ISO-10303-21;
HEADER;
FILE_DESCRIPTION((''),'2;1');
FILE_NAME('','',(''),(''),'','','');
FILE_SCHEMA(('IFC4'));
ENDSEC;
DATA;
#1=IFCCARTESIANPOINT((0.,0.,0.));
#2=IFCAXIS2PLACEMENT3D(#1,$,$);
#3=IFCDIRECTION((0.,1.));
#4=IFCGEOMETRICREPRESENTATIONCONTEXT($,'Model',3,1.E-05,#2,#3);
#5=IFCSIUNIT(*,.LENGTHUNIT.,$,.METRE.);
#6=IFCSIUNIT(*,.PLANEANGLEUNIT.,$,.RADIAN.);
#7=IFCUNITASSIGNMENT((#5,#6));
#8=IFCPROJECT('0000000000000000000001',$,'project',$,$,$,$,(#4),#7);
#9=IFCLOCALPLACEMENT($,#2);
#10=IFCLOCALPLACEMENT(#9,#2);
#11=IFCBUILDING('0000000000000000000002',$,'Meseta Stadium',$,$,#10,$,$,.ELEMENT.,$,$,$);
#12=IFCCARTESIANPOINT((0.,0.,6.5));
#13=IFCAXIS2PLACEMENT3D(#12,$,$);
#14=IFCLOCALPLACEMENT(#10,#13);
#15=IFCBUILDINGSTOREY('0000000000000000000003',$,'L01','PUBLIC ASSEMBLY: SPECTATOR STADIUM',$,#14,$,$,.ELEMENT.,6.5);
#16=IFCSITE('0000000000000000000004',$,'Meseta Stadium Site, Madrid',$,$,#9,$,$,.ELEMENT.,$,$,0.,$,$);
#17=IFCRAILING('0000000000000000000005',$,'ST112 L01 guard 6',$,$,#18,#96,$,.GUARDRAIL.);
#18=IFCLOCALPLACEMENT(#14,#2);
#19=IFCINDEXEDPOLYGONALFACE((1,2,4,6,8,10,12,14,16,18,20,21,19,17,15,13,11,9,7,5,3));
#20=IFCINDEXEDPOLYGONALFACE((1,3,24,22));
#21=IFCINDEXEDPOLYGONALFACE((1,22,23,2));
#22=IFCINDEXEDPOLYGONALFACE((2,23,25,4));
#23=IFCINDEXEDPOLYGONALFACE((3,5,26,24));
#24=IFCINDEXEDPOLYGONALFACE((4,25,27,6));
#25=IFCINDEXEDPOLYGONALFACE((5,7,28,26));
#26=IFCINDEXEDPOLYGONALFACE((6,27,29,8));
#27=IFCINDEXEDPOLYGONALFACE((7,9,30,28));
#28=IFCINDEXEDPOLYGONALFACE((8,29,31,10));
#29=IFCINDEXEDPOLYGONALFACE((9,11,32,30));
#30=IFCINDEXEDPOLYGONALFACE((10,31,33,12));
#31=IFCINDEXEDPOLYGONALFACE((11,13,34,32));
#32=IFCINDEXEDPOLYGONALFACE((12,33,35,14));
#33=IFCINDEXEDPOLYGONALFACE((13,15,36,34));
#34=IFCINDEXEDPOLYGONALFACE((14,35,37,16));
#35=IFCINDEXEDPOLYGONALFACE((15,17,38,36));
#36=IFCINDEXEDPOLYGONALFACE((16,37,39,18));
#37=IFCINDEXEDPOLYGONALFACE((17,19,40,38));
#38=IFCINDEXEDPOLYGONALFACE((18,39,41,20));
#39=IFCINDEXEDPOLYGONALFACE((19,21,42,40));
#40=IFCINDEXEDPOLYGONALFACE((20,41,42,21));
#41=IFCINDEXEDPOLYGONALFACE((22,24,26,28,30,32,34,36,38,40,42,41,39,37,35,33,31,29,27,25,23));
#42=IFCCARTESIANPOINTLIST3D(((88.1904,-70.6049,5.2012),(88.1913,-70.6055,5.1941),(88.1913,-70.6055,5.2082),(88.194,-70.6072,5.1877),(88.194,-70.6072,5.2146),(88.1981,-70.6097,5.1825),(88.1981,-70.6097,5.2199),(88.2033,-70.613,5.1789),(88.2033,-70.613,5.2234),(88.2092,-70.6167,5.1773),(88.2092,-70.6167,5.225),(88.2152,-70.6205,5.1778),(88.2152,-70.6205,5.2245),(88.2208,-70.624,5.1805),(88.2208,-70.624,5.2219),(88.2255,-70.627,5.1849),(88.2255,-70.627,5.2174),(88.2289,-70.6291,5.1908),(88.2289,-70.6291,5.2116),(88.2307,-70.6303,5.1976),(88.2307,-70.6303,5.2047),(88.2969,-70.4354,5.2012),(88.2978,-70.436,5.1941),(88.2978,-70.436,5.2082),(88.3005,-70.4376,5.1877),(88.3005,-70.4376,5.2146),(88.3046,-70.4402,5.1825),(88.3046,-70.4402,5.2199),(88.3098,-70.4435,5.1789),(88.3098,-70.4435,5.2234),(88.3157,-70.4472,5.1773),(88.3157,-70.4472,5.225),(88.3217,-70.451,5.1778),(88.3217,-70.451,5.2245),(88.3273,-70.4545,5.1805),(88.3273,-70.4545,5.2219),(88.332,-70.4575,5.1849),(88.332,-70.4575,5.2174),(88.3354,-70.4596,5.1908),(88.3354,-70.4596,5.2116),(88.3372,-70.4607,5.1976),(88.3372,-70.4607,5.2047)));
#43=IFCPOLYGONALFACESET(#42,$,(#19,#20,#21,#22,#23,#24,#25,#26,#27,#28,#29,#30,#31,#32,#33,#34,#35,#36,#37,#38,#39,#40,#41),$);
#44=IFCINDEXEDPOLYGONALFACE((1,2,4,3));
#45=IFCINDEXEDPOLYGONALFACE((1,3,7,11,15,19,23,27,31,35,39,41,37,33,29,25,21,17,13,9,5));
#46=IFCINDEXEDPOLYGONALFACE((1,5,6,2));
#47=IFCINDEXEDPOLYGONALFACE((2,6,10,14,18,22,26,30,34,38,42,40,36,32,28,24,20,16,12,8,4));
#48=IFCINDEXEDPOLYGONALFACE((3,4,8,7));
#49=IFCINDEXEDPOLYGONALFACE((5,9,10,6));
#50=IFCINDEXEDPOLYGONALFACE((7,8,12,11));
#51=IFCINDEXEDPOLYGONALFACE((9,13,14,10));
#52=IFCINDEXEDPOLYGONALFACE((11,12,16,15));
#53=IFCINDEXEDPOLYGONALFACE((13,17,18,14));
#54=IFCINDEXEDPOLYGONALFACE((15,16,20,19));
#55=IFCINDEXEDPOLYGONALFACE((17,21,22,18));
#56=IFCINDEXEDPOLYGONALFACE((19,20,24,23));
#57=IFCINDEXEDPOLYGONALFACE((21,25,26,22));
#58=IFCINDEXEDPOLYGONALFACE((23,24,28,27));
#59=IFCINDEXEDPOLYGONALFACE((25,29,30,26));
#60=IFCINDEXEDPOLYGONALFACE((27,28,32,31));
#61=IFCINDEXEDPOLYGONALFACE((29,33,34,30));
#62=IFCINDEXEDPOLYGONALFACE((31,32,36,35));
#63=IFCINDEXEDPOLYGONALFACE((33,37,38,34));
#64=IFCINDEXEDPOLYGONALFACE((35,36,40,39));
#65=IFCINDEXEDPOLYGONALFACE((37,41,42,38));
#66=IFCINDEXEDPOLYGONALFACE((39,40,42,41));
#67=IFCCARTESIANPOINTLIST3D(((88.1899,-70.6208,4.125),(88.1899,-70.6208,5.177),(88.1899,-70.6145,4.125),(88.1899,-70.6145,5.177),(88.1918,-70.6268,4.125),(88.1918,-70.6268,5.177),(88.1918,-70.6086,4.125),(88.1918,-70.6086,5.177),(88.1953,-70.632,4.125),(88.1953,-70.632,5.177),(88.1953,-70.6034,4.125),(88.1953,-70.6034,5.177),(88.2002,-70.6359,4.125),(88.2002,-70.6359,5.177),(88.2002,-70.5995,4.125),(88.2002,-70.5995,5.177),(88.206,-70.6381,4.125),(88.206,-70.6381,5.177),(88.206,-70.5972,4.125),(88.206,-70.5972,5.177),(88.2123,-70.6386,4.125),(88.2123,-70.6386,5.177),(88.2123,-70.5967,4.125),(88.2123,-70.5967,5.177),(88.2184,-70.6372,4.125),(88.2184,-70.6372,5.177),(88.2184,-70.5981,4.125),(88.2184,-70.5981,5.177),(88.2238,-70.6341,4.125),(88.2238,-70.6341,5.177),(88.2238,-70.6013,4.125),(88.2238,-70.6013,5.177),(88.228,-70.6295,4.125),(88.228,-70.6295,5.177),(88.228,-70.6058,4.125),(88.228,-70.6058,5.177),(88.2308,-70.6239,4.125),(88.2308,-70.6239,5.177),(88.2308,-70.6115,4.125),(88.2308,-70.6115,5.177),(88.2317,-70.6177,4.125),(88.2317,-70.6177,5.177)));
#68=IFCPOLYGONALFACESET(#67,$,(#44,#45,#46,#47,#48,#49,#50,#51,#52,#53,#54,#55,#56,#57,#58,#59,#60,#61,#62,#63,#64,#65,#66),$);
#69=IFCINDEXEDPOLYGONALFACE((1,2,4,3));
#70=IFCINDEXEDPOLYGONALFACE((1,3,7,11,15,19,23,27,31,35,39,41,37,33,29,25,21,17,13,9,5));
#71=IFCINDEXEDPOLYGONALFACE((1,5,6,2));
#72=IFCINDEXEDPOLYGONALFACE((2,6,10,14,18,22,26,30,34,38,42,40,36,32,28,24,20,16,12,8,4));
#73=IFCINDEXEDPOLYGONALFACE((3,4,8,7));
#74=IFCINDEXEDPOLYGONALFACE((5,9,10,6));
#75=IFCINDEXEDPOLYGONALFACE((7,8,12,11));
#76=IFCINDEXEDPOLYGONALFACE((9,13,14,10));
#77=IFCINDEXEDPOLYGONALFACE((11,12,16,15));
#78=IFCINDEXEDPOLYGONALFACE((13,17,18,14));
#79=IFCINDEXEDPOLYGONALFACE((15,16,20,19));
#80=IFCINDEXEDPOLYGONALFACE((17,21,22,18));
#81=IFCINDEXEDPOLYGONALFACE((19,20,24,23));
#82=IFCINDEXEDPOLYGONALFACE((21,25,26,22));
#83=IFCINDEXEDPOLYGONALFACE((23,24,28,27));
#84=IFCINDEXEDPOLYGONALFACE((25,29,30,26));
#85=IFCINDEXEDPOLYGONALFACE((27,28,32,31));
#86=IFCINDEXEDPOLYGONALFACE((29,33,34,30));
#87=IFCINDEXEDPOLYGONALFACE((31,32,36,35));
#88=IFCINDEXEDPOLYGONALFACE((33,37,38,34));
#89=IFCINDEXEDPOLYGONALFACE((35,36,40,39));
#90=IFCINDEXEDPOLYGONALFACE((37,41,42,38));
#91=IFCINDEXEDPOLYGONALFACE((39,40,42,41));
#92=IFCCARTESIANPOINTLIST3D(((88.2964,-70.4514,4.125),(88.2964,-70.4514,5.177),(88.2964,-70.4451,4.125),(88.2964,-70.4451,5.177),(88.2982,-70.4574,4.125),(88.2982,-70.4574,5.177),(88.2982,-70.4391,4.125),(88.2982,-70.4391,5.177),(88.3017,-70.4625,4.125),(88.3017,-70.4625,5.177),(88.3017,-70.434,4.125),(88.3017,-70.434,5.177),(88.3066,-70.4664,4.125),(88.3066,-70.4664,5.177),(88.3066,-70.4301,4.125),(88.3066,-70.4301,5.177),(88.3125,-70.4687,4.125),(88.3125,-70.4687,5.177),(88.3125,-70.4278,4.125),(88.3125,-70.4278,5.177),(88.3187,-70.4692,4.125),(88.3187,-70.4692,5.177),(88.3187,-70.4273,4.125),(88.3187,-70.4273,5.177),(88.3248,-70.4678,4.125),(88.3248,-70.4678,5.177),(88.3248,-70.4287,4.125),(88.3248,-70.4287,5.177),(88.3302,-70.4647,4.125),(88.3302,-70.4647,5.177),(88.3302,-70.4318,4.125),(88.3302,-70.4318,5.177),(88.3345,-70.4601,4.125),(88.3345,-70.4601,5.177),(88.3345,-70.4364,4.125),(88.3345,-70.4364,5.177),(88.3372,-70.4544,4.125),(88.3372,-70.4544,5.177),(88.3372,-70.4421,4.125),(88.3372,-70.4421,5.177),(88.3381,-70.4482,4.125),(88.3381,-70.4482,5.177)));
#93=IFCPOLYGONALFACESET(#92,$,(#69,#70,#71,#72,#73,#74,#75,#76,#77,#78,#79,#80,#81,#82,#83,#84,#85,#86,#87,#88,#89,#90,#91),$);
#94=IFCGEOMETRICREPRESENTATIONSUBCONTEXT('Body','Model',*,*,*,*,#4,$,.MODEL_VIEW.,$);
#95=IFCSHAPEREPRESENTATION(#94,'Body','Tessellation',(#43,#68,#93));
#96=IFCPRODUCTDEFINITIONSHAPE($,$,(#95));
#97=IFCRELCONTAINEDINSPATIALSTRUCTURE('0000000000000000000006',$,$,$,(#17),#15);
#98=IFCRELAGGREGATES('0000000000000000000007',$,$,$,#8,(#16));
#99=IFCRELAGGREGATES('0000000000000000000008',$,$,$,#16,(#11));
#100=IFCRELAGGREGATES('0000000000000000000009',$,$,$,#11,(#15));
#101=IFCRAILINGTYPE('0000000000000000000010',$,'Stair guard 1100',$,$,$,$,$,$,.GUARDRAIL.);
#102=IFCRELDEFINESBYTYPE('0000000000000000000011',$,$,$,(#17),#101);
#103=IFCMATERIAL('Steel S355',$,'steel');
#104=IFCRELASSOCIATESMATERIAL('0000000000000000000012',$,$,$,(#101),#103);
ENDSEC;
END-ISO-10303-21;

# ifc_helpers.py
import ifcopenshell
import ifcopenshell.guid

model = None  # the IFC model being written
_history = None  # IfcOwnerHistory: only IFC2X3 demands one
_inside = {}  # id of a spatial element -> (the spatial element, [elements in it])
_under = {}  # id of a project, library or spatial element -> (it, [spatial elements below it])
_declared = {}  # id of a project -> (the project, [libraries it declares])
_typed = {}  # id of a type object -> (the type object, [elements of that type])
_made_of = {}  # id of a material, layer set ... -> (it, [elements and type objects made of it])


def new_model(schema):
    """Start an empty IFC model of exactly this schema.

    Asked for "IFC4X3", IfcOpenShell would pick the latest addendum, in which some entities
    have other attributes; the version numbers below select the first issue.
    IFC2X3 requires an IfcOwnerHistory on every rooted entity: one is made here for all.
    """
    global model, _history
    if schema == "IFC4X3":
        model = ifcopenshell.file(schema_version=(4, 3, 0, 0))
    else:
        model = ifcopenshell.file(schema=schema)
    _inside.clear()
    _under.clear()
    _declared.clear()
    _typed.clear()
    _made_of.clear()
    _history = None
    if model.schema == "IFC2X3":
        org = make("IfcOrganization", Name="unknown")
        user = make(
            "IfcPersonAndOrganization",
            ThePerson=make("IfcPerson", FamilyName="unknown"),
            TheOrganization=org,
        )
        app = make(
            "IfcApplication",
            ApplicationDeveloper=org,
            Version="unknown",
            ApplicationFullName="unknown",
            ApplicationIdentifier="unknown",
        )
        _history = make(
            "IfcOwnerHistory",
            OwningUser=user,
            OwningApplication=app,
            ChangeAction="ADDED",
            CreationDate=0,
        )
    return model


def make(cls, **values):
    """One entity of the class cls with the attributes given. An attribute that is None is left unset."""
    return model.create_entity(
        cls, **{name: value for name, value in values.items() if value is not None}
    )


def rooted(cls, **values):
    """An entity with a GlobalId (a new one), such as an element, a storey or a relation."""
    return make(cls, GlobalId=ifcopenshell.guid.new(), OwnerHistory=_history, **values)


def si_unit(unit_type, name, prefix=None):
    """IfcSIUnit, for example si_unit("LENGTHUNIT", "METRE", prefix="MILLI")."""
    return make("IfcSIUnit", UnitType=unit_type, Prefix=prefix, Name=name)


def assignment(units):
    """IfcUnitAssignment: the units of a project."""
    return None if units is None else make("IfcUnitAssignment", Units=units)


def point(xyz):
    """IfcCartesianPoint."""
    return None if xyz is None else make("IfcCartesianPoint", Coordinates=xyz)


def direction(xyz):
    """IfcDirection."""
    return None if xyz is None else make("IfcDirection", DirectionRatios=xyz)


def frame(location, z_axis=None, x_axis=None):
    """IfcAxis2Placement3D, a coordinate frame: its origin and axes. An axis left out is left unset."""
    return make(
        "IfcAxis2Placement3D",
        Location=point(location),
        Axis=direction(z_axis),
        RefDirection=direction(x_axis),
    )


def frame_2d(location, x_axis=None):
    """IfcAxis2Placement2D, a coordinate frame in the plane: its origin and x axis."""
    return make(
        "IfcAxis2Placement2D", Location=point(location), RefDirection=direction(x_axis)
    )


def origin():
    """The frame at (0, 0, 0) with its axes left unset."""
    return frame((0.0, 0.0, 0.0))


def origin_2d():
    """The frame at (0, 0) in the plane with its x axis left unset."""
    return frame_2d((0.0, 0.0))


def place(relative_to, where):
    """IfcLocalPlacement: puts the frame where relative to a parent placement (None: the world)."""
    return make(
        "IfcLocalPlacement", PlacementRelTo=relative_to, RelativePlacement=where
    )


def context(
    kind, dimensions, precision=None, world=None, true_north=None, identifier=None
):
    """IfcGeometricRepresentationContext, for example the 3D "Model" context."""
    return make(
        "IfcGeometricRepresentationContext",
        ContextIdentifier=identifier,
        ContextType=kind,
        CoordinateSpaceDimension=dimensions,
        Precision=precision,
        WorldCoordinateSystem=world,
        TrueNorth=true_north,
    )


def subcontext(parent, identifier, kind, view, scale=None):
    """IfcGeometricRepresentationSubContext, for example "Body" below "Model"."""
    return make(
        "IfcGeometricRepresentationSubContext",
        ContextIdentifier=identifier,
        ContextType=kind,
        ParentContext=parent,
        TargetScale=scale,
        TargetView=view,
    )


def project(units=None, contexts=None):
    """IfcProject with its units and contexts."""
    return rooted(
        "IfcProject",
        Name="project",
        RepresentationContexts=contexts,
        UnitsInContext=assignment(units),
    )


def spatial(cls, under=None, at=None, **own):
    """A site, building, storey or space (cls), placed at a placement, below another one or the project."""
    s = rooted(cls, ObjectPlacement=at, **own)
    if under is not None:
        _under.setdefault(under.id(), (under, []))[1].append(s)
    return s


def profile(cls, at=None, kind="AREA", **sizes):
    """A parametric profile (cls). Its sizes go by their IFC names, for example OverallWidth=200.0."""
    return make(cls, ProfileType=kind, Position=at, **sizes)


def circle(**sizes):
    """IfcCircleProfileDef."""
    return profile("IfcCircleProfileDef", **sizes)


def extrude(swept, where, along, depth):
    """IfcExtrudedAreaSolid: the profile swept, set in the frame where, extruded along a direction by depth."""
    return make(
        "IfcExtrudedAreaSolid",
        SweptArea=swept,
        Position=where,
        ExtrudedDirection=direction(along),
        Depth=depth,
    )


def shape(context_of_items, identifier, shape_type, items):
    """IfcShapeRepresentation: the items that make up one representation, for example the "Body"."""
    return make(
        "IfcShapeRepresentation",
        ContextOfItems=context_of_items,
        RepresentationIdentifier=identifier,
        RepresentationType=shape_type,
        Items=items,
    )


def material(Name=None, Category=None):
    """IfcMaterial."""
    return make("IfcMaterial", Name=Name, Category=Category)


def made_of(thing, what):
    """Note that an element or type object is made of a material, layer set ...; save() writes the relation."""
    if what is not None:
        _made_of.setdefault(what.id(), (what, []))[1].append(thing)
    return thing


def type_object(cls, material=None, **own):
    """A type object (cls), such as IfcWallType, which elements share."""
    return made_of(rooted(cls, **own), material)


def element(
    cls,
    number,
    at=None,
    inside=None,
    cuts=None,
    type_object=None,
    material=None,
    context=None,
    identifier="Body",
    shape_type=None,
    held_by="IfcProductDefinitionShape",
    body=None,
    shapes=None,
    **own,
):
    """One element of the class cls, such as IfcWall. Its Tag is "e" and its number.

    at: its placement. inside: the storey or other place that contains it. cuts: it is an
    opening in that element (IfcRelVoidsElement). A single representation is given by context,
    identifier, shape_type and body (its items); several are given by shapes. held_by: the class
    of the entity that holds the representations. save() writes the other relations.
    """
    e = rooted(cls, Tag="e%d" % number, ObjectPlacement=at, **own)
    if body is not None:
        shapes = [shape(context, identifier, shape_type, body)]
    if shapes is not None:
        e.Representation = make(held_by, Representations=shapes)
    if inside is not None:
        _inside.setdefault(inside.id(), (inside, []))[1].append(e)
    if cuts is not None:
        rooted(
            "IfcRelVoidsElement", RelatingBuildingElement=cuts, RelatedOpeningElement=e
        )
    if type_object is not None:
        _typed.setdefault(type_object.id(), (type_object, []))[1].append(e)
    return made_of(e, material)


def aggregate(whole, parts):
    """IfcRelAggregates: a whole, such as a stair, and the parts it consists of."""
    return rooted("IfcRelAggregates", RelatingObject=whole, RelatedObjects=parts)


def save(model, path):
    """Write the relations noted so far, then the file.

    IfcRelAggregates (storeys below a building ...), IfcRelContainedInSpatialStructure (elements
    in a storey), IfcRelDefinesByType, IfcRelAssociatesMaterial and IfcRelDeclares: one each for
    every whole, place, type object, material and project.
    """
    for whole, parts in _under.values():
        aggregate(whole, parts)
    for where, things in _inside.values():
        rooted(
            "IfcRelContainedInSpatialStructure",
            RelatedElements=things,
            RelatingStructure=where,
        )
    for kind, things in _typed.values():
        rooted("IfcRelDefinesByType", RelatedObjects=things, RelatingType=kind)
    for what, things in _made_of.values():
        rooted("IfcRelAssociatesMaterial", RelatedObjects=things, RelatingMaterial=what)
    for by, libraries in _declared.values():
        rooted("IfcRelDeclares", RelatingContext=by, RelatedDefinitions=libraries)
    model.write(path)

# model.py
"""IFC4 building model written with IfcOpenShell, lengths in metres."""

from ifc_helpers import new_model, si_unit, direction, frame, origin, origin_2d, place, context, subcontext, project, spatial, circle, extrude, material, type_object, element, save


model = new_model("IFC4")

# Units and contexts
model_context = context("Model", 3, precision=1e-05, world=origin(), true_north=direction((0.0, 1.0)))
body_context = subcontext(model_context, "Body", "Model", "MODEL_VIEW")
ifc_project = project(units=[si_unit("LENGTHUNIT", "METRE"), si_unit("PLANEANGLEUNIT", "RADIAN")], contexts=[model_context])

# Site, building, storey
site_placement = place(None, origin())
site = spatial("IfcSite", under=ifc_project, at=site_placement, Name="Meseta Stadium Site, Madrid", CompositionType="ELEMENT", RefElevation=0.0)
building_placement = place(site_placement, origin())
building = spatial("IfcBuilding", under=site, at=building_placement, Name="Meseta Stadium", CompositionType="ELEMENT")
storey_placement = place(building_placement, frame((0.0, 0.0, 6.5)))
storey = spatial("IfcBuildingStorey", under=building, at=storey_placement, Name="L01", Description="PUBLIC ASSEMBLY: SPECTATOR STADIUM", CompositionType="ELEMENT", Elevation=6.5)

# Railing
ifc_material_1 = material(Name="Steel S355", Category="steel")
railing_type_1 = type_object("IfcRailingType", Name="Stair guard 1100", PredefinedType="GUARDRAIL", material=ifc_material_1)
railing_1_placement = place(storey_placement, frame((88.2107, -70.6177, 4.125)))
element("IfcRailing", 1, at=railing_1_placement, inside=storey, type_object=railing_type_1, Name="ST112 L01 guard 6", PredefinedType="GUARDRAIL", context=body_context, shape_type="SweptSolid", body=[
    extrude(circle(Radius=0.0239, at=origin_2d()), frame((0.0, 0.0, 1.0762), z_axis=(0.531972, 0.846762, 0.0), x_axis=(-0.846762, 0.531972, 0.0)), (0.0, 0.0, 1.0), 0.2002),
    extrude(circle(Radius=0.021, at=origin_2d()), origin(), (0.0, 0.0, 1.0), 1.052),
    extrude(circle(Radius=0.021, at=origin_2d()), frame((0.1064, 0.1694, 0.0)), (0.0, 0.0, 1.0), 1.052),
])

save(model, "model.ifc")
